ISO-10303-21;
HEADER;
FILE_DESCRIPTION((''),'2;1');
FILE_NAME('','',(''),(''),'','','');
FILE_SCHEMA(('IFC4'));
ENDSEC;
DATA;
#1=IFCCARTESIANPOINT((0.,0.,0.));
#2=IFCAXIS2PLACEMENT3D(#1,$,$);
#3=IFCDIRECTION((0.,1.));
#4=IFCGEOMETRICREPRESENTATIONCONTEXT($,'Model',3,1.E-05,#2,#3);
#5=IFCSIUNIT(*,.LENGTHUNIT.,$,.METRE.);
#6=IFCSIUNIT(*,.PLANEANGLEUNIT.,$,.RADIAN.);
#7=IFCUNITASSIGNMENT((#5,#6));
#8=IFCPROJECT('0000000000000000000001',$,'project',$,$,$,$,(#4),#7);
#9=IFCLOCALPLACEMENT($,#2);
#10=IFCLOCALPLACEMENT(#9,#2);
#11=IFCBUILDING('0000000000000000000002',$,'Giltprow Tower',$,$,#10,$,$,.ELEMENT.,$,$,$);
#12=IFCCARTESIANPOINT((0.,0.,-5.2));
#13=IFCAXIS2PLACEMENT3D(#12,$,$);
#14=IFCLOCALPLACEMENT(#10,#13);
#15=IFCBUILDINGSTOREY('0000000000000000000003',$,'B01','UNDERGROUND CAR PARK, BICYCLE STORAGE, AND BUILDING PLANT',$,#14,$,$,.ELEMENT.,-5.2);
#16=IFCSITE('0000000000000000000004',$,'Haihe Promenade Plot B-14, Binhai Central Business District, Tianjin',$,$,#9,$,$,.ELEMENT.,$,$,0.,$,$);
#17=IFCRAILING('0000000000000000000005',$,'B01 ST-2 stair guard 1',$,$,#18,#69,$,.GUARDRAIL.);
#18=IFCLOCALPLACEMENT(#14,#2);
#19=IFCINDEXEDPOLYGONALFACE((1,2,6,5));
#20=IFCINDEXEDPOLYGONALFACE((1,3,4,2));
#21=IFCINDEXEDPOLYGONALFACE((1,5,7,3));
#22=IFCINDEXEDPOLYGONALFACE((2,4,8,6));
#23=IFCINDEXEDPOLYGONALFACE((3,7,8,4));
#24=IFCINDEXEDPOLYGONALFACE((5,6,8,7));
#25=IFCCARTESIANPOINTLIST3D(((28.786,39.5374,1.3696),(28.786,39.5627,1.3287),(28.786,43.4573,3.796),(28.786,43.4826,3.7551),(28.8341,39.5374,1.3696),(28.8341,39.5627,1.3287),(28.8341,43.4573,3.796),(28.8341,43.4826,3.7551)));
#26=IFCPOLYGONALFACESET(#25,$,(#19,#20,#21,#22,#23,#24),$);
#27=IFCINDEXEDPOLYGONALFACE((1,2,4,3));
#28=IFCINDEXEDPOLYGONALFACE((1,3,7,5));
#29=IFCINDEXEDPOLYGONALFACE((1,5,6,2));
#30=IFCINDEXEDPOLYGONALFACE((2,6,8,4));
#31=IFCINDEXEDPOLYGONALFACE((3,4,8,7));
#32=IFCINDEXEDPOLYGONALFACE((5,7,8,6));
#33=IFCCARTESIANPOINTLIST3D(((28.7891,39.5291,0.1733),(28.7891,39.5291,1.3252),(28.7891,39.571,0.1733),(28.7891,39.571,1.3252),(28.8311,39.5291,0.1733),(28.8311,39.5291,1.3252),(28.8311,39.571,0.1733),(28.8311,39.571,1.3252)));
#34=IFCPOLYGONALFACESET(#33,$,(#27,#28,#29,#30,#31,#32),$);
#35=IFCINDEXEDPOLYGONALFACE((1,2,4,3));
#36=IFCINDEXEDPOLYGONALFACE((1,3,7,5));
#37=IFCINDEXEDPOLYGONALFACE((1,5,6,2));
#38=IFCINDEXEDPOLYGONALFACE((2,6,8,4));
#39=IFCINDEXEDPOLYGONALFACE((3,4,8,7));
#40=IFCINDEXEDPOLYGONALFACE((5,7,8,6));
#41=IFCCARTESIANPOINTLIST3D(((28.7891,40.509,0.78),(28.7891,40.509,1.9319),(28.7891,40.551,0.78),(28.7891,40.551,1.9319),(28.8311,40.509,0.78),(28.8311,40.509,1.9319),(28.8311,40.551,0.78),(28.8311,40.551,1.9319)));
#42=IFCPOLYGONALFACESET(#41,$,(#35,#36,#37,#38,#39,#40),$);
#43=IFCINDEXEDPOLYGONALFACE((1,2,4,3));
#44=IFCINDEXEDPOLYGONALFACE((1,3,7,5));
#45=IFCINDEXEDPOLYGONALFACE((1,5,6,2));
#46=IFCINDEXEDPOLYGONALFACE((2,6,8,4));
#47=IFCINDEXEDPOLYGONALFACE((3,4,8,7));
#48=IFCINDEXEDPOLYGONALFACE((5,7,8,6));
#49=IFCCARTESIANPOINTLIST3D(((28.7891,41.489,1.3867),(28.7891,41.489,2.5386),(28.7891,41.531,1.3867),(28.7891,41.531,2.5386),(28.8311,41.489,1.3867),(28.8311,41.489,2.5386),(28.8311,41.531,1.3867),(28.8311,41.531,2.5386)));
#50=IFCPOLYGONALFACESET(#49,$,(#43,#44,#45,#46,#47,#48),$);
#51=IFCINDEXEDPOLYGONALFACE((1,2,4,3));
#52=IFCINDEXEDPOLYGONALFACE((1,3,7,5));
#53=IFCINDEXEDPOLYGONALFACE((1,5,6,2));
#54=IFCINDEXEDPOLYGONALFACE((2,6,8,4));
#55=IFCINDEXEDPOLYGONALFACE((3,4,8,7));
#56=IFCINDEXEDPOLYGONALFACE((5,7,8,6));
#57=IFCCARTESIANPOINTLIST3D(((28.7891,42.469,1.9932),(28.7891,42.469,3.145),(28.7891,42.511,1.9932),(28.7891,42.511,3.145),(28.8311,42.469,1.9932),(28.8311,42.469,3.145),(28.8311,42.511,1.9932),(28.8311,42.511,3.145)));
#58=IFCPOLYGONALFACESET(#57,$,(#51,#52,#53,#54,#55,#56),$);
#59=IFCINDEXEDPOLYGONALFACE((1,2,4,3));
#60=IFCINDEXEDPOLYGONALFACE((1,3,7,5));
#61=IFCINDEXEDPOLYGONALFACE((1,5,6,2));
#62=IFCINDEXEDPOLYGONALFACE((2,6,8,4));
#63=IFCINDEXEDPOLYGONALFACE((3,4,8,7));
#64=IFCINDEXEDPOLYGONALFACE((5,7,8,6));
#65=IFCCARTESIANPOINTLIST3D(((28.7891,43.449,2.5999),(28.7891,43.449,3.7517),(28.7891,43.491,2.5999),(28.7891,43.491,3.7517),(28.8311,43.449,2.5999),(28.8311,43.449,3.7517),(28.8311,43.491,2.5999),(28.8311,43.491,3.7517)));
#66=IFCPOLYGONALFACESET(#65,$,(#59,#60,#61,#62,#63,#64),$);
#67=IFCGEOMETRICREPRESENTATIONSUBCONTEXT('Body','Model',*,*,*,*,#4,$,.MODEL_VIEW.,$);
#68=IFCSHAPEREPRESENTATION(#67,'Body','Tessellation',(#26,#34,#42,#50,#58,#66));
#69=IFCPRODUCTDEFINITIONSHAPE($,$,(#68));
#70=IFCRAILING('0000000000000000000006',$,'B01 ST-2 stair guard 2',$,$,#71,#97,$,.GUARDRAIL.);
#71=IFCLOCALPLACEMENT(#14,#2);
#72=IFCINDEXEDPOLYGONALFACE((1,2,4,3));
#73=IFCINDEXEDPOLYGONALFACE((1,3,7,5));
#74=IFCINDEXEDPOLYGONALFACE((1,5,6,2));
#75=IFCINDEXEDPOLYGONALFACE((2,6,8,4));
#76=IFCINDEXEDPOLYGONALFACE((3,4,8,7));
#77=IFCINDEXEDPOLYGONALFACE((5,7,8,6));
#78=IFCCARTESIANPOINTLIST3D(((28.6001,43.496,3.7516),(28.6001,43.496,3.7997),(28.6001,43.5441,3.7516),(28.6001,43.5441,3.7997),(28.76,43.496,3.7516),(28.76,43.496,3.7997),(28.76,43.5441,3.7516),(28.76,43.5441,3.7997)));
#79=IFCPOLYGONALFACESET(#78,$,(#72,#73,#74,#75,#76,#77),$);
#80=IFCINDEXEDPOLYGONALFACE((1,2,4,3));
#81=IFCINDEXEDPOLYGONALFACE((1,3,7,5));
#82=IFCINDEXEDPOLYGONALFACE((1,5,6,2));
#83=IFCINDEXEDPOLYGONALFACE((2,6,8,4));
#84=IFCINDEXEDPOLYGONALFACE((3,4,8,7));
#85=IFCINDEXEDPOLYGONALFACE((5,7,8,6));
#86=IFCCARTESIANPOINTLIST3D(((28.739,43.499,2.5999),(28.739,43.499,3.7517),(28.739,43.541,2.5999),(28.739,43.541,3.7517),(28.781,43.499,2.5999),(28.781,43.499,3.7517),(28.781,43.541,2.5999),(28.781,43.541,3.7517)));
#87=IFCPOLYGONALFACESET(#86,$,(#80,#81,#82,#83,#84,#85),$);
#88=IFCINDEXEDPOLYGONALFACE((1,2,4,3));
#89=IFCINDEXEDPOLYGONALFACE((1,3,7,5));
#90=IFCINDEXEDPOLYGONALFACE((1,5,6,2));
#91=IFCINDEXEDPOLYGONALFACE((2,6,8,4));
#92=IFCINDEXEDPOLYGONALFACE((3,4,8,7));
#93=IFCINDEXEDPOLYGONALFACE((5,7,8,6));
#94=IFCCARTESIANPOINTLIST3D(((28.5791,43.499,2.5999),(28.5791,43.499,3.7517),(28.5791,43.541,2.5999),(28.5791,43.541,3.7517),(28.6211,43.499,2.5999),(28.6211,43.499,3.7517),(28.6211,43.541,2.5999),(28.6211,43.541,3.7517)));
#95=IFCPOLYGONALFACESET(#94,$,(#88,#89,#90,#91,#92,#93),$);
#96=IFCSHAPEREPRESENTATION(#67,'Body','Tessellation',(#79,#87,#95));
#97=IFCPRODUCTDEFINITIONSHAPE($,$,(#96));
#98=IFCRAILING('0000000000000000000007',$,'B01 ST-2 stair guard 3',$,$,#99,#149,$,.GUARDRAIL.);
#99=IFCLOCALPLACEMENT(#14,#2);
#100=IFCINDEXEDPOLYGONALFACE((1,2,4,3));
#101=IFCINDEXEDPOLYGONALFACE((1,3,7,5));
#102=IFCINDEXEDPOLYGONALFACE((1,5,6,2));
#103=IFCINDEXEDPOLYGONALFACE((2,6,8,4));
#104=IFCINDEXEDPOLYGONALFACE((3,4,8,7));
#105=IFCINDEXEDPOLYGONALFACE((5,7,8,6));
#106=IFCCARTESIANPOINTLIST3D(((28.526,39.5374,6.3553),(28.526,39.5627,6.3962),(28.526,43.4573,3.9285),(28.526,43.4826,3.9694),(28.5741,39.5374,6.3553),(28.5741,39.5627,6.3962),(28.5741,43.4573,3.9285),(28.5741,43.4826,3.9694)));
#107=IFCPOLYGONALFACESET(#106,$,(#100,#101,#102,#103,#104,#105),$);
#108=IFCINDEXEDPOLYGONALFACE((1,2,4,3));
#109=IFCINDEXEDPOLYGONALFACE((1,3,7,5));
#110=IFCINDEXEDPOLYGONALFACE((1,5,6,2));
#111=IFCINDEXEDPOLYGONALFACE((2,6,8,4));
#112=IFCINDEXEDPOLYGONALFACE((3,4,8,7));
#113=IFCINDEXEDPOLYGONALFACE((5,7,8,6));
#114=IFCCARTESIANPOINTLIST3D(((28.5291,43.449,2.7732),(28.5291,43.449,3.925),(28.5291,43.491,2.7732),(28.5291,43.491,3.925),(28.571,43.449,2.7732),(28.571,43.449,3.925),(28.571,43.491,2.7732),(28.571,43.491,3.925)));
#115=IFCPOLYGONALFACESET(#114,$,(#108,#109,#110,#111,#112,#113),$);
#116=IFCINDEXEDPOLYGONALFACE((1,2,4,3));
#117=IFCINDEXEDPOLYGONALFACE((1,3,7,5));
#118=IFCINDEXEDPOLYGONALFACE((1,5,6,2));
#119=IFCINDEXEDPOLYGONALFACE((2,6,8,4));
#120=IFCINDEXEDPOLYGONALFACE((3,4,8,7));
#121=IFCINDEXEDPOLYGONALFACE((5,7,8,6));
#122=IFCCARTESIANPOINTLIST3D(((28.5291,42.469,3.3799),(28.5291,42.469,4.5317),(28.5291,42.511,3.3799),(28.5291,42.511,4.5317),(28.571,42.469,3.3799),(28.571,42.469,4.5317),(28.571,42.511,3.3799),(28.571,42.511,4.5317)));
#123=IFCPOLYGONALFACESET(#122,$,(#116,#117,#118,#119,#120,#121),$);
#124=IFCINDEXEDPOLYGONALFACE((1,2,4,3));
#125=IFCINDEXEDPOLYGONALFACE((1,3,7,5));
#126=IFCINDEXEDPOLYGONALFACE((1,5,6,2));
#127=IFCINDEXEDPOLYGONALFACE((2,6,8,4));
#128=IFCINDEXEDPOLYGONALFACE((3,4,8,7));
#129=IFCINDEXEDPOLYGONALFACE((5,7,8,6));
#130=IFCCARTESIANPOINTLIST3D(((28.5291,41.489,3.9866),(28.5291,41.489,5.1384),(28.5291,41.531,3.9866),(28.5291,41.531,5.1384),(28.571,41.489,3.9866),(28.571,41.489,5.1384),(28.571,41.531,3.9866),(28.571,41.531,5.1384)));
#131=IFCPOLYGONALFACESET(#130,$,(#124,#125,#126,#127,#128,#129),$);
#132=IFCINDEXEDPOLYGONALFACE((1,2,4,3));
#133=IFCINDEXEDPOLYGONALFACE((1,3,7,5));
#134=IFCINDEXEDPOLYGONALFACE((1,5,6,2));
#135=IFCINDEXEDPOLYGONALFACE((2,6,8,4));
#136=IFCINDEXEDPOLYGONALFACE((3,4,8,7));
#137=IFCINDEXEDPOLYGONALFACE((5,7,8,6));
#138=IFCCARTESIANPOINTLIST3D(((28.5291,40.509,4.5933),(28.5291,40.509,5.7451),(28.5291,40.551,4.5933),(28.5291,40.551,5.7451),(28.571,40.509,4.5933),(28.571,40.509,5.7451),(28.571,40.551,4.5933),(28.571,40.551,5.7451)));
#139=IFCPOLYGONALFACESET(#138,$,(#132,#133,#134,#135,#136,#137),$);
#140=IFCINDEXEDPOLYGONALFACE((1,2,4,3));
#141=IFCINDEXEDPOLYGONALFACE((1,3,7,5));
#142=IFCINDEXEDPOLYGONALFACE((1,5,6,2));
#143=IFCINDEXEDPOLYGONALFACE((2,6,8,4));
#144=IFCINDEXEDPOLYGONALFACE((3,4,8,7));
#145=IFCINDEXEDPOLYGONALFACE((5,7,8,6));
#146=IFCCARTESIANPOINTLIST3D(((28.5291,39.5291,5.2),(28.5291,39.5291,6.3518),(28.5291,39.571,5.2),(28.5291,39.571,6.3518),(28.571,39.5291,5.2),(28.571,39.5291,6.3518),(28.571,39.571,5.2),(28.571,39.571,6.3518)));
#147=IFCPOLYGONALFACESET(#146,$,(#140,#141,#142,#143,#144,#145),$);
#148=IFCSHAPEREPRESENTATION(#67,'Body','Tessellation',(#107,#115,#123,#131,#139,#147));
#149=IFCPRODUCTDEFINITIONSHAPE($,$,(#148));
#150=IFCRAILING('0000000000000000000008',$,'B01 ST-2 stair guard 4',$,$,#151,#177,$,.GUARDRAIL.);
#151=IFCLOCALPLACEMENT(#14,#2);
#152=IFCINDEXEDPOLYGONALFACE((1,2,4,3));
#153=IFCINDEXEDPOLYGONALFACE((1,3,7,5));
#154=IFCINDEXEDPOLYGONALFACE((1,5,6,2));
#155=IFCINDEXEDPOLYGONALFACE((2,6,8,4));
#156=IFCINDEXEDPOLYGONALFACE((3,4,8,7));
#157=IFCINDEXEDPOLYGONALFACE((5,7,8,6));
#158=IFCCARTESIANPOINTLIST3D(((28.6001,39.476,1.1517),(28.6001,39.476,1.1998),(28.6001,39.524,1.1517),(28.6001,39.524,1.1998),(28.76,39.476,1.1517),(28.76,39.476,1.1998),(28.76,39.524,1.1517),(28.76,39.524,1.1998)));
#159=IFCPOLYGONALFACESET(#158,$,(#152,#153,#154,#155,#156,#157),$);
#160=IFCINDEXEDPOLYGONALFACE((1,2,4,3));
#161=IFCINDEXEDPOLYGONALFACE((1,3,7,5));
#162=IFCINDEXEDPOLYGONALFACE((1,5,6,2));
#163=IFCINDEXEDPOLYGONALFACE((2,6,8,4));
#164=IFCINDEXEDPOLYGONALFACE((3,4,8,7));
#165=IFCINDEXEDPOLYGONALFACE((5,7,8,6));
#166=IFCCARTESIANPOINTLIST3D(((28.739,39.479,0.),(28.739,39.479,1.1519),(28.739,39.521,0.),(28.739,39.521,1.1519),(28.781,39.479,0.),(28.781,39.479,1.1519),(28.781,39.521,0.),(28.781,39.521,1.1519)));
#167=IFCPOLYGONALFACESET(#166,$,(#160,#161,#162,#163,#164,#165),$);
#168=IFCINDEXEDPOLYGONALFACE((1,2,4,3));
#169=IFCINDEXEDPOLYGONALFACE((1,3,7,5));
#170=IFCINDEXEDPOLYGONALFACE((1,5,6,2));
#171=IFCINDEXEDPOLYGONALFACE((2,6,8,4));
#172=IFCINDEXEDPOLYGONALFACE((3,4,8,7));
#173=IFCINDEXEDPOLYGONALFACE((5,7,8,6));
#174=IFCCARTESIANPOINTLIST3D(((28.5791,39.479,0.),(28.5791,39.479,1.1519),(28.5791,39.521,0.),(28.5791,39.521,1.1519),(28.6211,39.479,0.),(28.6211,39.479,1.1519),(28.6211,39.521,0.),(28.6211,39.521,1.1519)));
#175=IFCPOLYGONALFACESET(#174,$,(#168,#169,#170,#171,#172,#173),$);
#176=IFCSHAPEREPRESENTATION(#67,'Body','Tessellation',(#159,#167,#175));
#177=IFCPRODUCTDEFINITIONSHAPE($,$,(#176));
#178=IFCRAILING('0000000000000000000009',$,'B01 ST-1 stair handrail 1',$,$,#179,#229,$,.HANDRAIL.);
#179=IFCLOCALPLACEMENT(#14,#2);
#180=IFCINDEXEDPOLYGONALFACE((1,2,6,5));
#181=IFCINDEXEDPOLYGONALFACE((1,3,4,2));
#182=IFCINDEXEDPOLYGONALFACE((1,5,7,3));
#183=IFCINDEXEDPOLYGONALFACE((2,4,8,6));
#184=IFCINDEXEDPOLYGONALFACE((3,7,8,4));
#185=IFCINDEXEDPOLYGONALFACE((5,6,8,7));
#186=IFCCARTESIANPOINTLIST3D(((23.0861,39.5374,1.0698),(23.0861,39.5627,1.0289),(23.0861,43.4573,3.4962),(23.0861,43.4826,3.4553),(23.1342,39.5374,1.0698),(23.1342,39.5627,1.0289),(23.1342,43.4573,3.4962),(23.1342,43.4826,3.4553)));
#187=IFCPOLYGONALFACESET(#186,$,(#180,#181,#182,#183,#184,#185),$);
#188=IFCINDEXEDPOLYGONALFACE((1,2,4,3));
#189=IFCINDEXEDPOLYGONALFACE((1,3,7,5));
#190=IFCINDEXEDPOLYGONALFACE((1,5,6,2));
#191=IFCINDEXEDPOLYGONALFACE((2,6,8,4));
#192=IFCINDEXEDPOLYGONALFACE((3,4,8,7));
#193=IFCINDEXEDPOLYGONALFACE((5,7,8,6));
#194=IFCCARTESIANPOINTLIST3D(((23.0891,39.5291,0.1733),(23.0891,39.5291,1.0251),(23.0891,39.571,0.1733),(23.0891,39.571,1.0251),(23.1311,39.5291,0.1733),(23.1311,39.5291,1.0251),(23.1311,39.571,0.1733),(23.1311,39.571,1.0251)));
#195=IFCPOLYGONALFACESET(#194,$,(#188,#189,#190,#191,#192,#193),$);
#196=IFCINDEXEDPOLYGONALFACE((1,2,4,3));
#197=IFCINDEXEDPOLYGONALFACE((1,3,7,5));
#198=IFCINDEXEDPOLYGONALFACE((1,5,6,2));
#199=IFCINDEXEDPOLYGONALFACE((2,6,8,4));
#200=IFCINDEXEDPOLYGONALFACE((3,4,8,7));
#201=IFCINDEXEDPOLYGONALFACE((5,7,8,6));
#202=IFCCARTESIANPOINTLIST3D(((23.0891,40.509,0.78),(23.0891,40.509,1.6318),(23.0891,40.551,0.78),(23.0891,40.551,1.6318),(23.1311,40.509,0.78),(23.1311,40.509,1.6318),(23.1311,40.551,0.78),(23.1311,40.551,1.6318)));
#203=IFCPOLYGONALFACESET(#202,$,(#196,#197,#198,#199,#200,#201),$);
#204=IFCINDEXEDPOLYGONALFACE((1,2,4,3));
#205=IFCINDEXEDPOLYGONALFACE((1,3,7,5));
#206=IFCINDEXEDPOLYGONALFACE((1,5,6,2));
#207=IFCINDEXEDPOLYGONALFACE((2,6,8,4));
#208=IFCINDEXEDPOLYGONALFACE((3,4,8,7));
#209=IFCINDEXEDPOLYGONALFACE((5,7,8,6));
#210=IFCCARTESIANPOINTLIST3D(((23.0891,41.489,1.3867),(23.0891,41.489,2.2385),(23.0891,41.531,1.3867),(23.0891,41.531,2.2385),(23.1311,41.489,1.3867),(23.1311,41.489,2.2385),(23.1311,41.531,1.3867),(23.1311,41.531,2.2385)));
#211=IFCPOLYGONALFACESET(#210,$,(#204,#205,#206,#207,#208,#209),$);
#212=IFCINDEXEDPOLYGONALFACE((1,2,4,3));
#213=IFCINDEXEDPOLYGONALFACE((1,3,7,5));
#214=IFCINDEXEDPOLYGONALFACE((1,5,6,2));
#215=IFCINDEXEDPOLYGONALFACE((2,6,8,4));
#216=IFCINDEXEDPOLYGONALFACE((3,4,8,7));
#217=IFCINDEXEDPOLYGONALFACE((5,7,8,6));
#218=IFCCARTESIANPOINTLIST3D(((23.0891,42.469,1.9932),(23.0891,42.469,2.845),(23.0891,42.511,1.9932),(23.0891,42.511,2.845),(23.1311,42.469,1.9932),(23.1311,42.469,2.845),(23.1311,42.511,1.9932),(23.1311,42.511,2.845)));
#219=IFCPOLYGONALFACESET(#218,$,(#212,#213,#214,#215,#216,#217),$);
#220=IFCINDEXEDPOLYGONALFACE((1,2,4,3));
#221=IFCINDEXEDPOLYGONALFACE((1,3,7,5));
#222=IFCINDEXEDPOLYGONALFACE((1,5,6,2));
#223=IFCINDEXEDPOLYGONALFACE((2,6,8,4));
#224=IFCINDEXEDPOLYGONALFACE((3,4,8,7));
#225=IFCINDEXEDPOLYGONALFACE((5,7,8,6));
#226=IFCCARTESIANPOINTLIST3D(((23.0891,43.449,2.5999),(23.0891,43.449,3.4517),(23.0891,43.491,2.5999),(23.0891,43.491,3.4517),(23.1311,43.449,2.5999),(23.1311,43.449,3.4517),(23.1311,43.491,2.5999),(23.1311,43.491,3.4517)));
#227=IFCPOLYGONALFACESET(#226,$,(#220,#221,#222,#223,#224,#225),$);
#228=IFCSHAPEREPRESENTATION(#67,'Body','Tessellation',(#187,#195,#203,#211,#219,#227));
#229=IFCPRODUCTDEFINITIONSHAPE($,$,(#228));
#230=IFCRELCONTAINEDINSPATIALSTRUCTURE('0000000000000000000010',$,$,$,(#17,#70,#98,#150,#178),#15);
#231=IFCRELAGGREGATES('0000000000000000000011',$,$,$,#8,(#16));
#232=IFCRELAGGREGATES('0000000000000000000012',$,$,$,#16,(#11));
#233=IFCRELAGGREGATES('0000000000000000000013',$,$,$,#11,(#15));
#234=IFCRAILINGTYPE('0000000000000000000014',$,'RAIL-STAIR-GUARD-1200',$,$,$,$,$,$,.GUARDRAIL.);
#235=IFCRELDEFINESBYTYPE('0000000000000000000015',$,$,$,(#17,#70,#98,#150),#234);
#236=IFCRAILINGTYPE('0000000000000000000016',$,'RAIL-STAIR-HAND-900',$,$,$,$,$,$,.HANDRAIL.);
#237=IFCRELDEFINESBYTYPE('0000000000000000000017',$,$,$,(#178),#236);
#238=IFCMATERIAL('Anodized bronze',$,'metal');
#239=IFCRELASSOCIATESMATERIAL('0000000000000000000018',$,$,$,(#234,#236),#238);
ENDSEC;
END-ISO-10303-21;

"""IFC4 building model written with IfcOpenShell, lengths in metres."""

from ifc_helpers import new_model, si_unit, direction, frame, origin, origin_2d, place, context, subcontext, project, spatial, rectangle, extrude, material, type_object, element, save


model = new_model("IFC4")

# Units and contexts
model_context = context("Model", 3, precision=1e-05, world=origin(), true_north=direction((0.0, 1.0)))
body_context = subcontext(model_context, "Body", "Model", "MODEL_VIEW")
ifc_project = project(units=[si_unit("LENGTHUNIT", "METRE"), si_unit("PLANEANGLEUNIT", "RADIAN")], contexts=[model_context])

# Site, building, storey
site_placement = place(None, origin())
site = spatial("IfcSite", under=ifc_project, at=site_placement, Name="Haihe Promenade Plot B-14, Binhai Central Business District, Tianjin", CompositionType="ELEMENT", RefElevation=0.0)
building_placement = place(site_placement, origin())
building = spatial("IfcBuilding", under=site, at=building_placement, Name="Giltprow Tower", CompositionType="ELEMENT")
storey_placement = place(building_placement, frame((0.0, 0.0, -5.2)))
storey = spatial("IfcBuildingStorey", under=building, at=storey_placement, Name="B01", Description="UNDERGROUND CAR PARK, BICYCLE STORAGE, AND BUILDING PLANT", CompositionType="ELEMENT", Elevation=-5.2)

# Railings
ifc_material_1 = material(Name="Anodized bronze", Category="metal")
railing_type_1 = type_object("IfcRailingType", Name="RAIL-STAIR-GUARD-1200", PredefinedType="GUARDRAIL", material=ifc_material_1)
railing_1_placement = place(storey_placement, frame((28.8101, 39.55, 0.1733)))
element("IfcRailing", 1, at=railing_1_placement, inside=storey, type_object=railing_type_1, Name="B01 ST-2 stair guard 1", PredefinedType="GUARDRAIL", context=body_context, shape_type="SweptSolid", body=[
    extrude(rectangle(XDim=0.0481, YDim=0.0481, at=origin_2d()), frame((0.0, 0.0, 1.1758), z_axis=(0.0, 0.850275, 0.526338), x_axis=(-1.0, 0.0, 0.0)), (0.0, 0.0, 1.0), 4.6101),
    extrude(rectangle(XDim=0.042, YDim=0.042, at=origin_2d()), origin(), (0.0, 0.0, 1.0), 1.1519),
    extrude(rectangle(XDim=0.042, YDim=0.042, at=origin_2d()), frame((0.0, 0.98, 0.6067)), (0.0, 0.0, 1.0), 1.1519),
    extrude(rectangle(XDim=0.042, YDim=0.042, at=origin_2d()), frame((0.0, 1.96, 1.2134)), (0.0, 0.0, 1.0), 1.1519),
    extrude(rectangle(XDim=0.042, YDim=0.042, at=origin_2d()), frame((0.0, 2.9399, 1.8198)), (0.0, 0.0, 1.0), 1.1519),
    extrude(rectangle(XDim=0.042, YDim=0.042, at=origin_2d()), frame((0.0, 3.9199, 2.4265)), (0.0, 0.0, 1.0), 1.1519),
])
railing_2_placement = place(storey_placement, frame((28.76, 43.52, 2.5999)))
element("IfcRailing", 2, at=railing_2_placement, inside=storey, type_object=railing_type_1, Name="B01 ST-2 stair guard 2", PredefinedType="GUARDRAIL", context=body_context, shape_type="SweptSolid", body=[
    extrude(rectangle(XDim=0.0481, YDim=0.0481, at=origin_2d()), frame((0.0, 0.0, 1.1758), z_axis=(-1.0, 0.0, 0.0), x_axis=(0.0, -1.0, 0.0)), (0.0, 0.0, 1.0), 0.1599),
    extrude(rectangle(XDim=0.042, YDim=0.042, at=origin_2d()), origin(), (0.0, 0.0, 1.0), 1.1519),
    extrude(rectangle(XDim=0.042, YDim=0.042, at=origin_2d()), frame((-0.1599, 0.0, 0.0)), (0.0, 0.0, 1.0), 1.1519),
])
railing_3_placement = place(storey_placement, frame((28.55, 43.47, 2.7732)))
element("IfcRailing", 3, at=railing_3_placement, inside=storey, type_object=railing_type_1, Name="B01 ST-2 stair guard 3", PredefinedType="GUARDRAIL", context=body_context, shape_type="SweptSolid", body=[
    extrude(rectangle(XDim=0.0481, YDim=0.0481, at=origin_2d()), frame((0.0, 0.0, 1.1758), z_axis=(0.0, -0.850252, 0.526376), x_axis=(1.0, 0.0, 0.0)), (0.0, 0.0, 1.0), 4.6104),
    extrude(rectangle(XDim=0.042, YDim=0.042, at=origin_2d()), origin(), (0.0, 0.0, 1.0), 1.1519),
    extrude(rectangle(XDim=0.042, YDim=0.042, at=origin_2d()), frame((0.0, -0.98, 0.6067)), (0.0, 0.0, 1.0), 1.1519),
    extrude(rectangle(XDim=0.042, YDim=0.042, at=origin_2d()), frame((0.0, -1.96, 1.2134)), (0.0, 0.0, 1.0), 1.1519),
    extrude(rectangle(XDim=0.042, YDim=0.042, at=origin_2d()), frame((0.0, -2.9399, 1.8201)), (0.0, 0.0, 1.0), 1.1519),
    extrude(rectangle(XDim=0.042, YDim=0.042, at=origin_2d()), frame((0.0, -3.9199, 2.4268)), (0.0, 0.0, 1.0), 1.1519),
])
railing_4_placement = place(storey_placement, frame((28.76, 39.5, 0.0)))
element("IfcRailing", 4, at=railing_4_placement, inside=storey, type_object=railing_type_1, Name="B01 ST-2 stair guard 4", PredefinedType="GUARDRAIL", context=body_context, shape_type="SweptSolid", body=[
    extrude(rectangle(XDim=0.0481, YDim=0.0481, at=origin_2d()), frame((0.0, 0.0, 1.1758), z_axis=(-1.0, 0.0, 0.0), x_axis=(0.0, -1.0, 0.0)), (0.0, 0.0, 1.0), 0.1599),
    extrude(rectangle(XDim=0.042, YDim=0.042, at=origin_2d()), origin(), (0.0, 0.0, 1.0), 1.1519),
    extrude(rectangle(XDim=0.042, YDim=0.042, at=origin_2d()), frame((-0.1599, 0.0, 0.0)), (0.0, 0.0, 1.0), 1.1519),
])
railing_type_2 = type_object("IfcRailingType", Name="RAIL-STAIR-HAND-900", PredefinedType="HANDRAIL", material=ifc_material_1)
railing_5_placement = place(storey_placement, frame((23.1101, 39.55, 0.1733)))
element("IfcRailing", 5, at=railing_5_placement, inside=storey, type_object=railing_type_2, Name="B01 ST-1 stair handrail 1", PredefinedType="HANDRAIL", context=body_context, shape_type="SweptSolid", body=[
    extrude(rectangle(XDim=0.0481, YDim=0.0481, at=origin_2d()), frame((0.0, 0.0, 0.876), z_axis=(0.0, 0.850275, 0.526338), x_axis=(-1.0, 0.0, 0.0)), (0.0, 0.0, 1.0), 4.6101),
    extrude(rectangle(XDim=0.042, YDim=0.042, at=origin_2d()), origin(), (0.0, 0.0, 1.0), 0.8518),
    extrude(rectangle(XDim=0.042, YDim=0.042, at=origin_2d()), frame((0.0, 0.98, 0.6067)), (0.0, 0.0, 1.0), 0.8518),
    extrude(rectangle(XDim=0.042, YDim=0.042, at=origin_2d()), frame((0.0, 1.96, 1.2134)), (0.0, 0.0, 1.0), 0.8518),
    extrude(rectangle(XDim=0.042, YDim=0.042, at=origin_2d()), frame((0.0, 2.9399, 1.8198)), (0.0, 0.0, 1.0), 0.8518),
    extrude(rectangle(XDim=0.042, YDim=0.042, at=origin_2d()), frame((0.0, 3.9199, 2.4265)), (0.0, 0.0, 1.0), 0.8518),
])

save(model, "model.ifc")
